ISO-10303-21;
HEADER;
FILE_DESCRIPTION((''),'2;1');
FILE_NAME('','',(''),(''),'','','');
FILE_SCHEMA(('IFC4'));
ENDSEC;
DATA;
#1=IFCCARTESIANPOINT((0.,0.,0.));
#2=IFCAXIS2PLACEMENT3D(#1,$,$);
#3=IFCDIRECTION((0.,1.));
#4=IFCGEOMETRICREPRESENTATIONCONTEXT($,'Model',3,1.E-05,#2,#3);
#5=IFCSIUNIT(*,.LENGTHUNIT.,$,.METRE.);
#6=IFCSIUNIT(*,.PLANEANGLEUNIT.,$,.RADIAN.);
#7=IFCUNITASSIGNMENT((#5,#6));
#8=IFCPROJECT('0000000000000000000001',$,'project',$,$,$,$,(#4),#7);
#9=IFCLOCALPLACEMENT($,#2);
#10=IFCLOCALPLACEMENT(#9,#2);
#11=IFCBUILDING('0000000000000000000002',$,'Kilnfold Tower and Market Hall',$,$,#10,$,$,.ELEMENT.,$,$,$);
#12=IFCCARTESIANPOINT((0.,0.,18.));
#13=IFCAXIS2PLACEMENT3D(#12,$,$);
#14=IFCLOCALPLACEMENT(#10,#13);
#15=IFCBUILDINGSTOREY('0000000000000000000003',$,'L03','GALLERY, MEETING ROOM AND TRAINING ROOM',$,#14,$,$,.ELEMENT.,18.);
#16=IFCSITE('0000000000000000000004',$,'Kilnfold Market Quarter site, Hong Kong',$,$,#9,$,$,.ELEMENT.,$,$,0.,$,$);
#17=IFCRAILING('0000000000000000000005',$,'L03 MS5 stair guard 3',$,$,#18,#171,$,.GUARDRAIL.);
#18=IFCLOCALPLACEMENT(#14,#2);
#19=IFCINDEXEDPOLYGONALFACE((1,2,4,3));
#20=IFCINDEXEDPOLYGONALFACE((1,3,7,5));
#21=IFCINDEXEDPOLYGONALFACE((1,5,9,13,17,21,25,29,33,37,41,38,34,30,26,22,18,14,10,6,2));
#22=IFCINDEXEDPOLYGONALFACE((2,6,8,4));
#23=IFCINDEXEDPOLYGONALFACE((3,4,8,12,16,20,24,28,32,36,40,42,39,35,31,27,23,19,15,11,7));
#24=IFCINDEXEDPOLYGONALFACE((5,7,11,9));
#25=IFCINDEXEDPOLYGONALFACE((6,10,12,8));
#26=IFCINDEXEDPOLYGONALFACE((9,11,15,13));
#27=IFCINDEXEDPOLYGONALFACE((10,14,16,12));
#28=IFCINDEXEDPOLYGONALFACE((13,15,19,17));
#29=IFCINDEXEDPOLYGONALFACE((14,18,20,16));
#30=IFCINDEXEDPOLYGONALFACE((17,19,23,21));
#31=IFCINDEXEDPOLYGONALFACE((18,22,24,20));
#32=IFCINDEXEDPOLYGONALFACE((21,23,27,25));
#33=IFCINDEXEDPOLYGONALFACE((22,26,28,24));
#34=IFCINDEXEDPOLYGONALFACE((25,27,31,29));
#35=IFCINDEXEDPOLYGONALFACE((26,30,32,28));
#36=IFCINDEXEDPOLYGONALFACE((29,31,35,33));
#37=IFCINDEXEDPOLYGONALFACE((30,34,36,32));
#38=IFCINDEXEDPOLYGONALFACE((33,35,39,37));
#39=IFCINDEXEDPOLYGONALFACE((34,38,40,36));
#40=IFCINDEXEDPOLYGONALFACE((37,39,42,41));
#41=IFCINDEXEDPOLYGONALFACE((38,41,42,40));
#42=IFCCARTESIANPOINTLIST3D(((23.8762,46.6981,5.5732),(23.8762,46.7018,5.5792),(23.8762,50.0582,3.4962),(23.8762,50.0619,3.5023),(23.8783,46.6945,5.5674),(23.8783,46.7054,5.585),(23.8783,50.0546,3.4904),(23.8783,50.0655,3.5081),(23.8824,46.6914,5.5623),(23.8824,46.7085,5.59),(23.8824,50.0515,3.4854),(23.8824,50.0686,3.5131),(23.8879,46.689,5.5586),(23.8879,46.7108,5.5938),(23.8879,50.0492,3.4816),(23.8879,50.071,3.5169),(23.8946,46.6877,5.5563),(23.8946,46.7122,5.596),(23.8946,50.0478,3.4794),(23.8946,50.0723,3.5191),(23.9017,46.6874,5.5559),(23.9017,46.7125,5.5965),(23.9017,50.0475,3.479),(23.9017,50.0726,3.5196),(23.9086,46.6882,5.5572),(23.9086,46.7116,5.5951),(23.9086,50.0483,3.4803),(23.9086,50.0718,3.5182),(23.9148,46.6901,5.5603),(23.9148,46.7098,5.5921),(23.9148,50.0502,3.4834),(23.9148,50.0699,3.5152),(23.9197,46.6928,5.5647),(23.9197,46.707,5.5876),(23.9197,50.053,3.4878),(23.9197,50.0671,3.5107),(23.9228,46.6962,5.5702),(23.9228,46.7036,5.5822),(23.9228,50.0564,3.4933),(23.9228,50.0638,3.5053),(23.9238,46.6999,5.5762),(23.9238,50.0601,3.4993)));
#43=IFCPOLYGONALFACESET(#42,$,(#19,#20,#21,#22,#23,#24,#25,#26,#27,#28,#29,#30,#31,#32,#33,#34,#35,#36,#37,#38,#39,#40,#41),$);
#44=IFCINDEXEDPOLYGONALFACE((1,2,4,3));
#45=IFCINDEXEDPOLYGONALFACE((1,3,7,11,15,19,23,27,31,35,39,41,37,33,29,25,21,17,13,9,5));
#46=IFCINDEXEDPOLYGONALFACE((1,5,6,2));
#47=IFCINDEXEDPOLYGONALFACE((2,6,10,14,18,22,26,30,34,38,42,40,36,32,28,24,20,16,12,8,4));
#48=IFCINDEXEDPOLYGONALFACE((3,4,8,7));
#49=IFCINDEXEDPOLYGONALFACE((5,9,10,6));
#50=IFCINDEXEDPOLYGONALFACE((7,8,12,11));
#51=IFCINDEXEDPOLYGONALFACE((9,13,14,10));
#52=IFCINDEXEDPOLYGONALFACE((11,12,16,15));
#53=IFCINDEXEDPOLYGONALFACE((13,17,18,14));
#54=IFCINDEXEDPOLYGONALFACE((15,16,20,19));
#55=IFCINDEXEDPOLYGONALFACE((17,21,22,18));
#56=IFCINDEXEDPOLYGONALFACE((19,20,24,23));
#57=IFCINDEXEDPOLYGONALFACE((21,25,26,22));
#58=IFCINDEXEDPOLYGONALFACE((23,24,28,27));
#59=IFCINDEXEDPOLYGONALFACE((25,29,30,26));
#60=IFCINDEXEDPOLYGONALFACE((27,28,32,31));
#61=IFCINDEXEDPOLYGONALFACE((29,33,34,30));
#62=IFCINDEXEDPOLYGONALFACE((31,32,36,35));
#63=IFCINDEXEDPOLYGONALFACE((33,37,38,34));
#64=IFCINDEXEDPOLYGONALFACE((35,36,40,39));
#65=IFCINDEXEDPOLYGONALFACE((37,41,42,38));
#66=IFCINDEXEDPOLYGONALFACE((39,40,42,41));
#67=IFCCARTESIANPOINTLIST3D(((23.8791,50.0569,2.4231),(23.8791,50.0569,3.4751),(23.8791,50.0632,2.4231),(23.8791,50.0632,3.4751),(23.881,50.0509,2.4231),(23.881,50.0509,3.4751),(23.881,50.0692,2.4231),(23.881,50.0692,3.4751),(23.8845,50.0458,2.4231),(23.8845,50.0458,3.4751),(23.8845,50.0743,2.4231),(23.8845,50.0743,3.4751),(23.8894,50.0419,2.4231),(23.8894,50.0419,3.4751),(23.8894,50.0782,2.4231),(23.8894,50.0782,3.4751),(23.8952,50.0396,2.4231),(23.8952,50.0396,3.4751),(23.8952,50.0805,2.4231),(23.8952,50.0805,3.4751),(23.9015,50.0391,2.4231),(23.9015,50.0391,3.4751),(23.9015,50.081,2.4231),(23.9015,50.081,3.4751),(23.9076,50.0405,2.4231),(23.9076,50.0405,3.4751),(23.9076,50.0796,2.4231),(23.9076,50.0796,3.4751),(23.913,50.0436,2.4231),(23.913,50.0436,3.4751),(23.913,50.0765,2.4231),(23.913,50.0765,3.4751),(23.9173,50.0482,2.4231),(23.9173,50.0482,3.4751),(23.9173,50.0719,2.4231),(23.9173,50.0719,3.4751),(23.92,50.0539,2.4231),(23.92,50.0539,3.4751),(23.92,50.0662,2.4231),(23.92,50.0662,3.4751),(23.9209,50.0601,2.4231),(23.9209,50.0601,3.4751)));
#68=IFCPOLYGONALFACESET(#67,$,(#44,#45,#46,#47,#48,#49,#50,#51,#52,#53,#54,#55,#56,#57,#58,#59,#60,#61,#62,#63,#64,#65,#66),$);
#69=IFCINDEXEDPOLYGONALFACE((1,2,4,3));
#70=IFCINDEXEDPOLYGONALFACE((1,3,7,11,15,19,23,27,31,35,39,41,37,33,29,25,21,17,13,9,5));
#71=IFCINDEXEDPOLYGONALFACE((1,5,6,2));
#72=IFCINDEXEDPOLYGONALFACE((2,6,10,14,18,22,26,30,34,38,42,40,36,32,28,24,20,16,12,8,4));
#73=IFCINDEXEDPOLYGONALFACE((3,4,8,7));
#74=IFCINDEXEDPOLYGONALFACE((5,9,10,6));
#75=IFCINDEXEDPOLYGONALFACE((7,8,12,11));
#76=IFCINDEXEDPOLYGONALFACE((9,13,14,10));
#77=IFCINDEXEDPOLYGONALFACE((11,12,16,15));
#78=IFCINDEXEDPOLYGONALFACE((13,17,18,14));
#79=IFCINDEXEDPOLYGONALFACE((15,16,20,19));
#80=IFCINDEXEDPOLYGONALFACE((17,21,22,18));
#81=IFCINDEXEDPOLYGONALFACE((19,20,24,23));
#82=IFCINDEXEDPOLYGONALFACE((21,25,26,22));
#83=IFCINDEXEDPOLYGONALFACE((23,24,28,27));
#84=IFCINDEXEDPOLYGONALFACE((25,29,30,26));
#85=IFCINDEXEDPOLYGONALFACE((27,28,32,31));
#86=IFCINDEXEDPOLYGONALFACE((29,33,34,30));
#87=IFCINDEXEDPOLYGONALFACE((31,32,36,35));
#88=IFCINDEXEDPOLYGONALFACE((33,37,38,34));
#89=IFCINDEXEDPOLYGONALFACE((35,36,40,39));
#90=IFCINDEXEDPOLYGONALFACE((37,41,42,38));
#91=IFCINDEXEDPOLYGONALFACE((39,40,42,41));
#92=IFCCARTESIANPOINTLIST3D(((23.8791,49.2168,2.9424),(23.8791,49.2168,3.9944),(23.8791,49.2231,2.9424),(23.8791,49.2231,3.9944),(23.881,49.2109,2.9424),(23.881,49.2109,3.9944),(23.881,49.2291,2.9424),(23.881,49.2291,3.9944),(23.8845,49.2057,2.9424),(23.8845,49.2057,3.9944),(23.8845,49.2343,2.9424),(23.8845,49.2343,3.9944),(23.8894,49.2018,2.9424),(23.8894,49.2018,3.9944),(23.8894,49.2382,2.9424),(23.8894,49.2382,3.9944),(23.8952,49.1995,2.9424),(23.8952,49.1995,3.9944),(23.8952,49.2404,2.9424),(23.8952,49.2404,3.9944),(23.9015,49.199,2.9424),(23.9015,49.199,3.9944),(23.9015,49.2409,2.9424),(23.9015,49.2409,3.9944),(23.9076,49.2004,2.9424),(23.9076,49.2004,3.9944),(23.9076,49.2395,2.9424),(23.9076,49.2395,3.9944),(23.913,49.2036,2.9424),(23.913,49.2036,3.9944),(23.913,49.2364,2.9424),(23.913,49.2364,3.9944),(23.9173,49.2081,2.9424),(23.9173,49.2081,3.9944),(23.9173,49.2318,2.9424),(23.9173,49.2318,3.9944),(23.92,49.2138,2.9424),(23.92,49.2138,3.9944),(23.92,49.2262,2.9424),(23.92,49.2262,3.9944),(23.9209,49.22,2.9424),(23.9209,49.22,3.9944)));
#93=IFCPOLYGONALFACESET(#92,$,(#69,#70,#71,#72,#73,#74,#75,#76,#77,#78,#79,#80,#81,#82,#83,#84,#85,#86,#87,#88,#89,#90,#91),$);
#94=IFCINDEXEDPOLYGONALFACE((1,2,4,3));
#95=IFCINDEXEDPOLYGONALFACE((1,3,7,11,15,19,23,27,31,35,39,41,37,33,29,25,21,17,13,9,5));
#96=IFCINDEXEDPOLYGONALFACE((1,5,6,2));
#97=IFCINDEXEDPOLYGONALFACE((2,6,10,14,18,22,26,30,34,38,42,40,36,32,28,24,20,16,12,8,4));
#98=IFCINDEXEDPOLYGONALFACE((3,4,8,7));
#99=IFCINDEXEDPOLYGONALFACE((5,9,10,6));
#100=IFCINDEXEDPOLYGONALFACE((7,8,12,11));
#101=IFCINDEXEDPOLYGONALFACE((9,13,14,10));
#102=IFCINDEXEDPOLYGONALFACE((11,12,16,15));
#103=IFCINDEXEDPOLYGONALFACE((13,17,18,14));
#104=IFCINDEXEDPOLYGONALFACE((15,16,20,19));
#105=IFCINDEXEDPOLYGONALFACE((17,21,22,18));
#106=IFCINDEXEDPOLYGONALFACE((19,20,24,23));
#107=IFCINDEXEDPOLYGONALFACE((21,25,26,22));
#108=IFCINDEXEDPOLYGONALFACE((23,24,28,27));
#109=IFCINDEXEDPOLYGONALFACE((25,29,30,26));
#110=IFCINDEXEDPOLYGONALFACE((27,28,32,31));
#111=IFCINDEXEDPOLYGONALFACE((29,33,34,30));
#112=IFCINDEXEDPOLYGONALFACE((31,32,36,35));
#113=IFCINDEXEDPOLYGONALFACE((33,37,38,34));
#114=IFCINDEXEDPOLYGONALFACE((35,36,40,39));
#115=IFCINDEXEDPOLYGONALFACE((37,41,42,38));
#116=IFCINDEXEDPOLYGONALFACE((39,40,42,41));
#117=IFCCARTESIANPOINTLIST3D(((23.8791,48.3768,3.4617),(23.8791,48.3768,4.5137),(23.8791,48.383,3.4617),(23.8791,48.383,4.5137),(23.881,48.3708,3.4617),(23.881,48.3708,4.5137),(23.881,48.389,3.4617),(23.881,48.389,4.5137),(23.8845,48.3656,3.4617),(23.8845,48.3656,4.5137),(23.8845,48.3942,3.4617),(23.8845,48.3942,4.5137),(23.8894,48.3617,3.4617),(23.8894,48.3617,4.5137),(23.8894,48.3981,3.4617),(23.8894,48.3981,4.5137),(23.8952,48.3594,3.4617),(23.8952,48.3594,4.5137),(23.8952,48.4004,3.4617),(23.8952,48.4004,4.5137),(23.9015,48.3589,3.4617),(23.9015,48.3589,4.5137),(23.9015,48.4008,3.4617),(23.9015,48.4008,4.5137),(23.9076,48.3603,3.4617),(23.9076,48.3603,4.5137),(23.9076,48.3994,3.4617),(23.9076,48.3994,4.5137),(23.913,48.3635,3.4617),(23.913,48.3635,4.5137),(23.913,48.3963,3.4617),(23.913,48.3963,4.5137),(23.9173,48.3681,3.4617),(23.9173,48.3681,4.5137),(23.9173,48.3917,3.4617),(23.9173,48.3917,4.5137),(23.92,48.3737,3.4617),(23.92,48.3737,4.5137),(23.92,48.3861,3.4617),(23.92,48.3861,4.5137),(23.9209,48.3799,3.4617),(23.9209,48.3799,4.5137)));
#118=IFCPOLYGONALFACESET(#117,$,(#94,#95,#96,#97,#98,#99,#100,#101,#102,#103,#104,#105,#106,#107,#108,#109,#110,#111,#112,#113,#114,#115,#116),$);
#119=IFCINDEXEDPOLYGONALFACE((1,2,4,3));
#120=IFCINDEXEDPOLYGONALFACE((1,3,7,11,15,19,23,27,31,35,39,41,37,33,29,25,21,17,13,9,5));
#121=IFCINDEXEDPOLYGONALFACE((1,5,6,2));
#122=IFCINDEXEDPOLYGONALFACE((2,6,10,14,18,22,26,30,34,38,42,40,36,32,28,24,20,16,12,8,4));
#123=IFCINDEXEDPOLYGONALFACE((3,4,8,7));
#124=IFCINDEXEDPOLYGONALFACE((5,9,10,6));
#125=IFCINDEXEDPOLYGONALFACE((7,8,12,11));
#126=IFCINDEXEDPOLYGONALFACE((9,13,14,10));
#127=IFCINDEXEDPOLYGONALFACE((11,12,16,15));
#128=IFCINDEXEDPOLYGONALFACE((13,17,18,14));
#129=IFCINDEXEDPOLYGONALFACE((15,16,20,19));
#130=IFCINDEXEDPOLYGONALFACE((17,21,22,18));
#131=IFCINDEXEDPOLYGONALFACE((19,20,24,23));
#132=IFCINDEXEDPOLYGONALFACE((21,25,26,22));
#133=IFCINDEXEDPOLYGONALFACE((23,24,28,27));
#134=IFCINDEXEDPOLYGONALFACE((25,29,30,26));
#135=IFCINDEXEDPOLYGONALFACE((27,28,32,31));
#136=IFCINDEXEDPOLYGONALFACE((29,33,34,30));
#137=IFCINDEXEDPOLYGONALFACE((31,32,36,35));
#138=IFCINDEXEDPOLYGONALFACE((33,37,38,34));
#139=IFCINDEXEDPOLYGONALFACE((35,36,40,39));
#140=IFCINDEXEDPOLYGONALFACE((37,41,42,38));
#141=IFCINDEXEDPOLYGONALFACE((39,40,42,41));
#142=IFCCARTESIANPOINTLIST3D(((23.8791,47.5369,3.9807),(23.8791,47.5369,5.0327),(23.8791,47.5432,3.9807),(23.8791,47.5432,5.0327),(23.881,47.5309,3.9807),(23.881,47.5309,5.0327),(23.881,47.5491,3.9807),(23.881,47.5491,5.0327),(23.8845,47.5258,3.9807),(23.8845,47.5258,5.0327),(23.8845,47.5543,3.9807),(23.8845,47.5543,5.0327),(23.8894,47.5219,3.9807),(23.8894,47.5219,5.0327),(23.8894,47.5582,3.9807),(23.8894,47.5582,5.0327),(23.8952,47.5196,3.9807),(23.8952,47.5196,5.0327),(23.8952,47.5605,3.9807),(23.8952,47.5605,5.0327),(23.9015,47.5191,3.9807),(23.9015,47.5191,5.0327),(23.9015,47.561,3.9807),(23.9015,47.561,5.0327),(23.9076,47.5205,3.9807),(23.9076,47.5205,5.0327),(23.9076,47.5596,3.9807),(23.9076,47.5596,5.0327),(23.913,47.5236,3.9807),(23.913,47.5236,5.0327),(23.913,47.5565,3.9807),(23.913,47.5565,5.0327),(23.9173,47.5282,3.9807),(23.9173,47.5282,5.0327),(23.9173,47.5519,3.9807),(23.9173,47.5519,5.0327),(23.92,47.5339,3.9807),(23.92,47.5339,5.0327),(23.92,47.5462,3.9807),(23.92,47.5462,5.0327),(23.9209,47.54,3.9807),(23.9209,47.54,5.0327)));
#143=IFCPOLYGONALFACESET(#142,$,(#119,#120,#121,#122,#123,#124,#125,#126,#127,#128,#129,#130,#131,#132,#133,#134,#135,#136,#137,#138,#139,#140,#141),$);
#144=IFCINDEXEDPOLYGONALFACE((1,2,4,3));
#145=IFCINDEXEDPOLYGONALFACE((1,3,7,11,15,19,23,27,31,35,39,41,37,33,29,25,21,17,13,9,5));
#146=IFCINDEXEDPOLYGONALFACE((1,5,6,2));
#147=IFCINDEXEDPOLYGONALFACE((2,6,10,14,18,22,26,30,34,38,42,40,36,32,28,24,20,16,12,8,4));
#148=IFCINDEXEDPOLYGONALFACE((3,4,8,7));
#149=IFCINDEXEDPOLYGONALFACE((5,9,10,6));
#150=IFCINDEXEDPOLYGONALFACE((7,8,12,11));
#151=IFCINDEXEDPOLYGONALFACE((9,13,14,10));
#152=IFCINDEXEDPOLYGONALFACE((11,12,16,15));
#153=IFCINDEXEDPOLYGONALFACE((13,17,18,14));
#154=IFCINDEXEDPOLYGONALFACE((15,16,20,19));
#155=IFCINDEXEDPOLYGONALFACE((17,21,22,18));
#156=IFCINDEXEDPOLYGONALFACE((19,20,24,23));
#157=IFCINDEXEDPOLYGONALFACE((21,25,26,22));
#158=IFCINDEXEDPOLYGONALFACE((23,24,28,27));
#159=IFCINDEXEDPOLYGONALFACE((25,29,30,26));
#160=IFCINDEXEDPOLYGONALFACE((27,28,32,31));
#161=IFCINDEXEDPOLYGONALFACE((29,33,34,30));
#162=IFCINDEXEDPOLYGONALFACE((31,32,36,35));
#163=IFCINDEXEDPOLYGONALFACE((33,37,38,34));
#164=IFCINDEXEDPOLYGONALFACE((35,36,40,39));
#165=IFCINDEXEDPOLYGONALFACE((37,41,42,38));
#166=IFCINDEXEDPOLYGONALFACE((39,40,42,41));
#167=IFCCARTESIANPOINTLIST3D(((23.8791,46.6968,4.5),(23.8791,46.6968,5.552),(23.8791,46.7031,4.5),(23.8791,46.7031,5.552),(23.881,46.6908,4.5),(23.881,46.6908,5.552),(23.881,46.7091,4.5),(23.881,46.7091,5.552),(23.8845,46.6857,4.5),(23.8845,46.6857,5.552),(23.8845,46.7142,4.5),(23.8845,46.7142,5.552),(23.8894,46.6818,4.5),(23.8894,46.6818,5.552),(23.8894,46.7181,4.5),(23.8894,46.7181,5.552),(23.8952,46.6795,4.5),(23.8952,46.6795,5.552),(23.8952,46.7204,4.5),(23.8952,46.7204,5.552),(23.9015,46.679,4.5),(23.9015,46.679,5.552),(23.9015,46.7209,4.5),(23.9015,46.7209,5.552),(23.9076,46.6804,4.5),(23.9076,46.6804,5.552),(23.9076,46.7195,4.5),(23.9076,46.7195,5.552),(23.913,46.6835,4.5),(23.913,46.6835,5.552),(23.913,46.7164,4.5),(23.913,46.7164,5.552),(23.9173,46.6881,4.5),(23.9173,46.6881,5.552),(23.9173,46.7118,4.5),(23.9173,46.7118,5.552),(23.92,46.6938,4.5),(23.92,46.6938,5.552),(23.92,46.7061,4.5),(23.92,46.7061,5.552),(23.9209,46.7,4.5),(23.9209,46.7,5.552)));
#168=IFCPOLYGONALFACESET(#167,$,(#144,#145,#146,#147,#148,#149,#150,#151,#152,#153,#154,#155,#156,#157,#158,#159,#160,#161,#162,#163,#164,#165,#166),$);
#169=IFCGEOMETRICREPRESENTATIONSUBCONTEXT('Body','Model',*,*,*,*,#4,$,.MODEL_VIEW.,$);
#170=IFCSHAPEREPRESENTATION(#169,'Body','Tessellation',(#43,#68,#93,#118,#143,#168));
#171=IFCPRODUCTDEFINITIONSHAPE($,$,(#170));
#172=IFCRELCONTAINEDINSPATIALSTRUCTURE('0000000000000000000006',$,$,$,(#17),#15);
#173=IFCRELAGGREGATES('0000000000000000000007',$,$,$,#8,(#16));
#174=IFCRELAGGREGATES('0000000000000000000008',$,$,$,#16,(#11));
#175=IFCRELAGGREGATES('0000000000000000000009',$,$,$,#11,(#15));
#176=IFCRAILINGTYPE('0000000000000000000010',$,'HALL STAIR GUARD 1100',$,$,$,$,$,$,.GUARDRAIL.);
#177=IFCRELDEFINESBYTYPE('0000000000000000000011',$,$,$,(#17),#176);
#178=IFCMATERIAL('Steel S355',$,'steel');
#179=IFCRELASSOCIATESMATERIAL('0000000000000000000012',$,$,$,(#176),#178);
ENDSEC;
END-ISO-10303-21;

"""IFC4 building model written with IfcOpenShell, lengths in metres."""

from ifc_helpers import new_model, si_unit, direction, frame, origin, origin_2d, place, context, subcontext, project, spatial, circle, extrude, material, type_object, element, save


model = new_model("IFC4")

# Units and contexts
model_context = context("Model", 3, precision=1e-05, world=origin(), true_north=direction((0.0, 1.0)))
body_context = subcontext(model_context, "Body", "Model", "MODEL_VIEW")
ifc_project = project(units=[si_unit("LENGTHUNIT", "METRE"), si_unit("PLANEANGLEUNIT", "RADIAN")], contexts=[model_context])

# Site, building, storey
site_placement = place(None, origin())
site = spatial("IfcSite", under=ifc_project, at=site_placement, Name="Kilnfold Market Quarter site, Hong Kong", CompositionType="ELEMENT", RefElevation=0.0)
building_placement = place(site_placement, origin())
building = spatial("IfcBuilding", under=site, at=building_placement, Name="Kilnfold Tower and Market Hall", CompositionType="ELEMENT")
storey_placement = place(building_placement, frame((0.0, 0.0, 18.0)))
storey = spatial("IfcBuildingStorey", under=building, at=storey_placement, Name="L03", Description="GALLERY, MEETING ROOM AND TRAINING ROOM", CompositionType="ELEMENT", Elevation=18.0)

# Railing
ifc_material_1 = material(Name="Steel S355", Category="steel")
railing_type_1 = type_object("IfcRailingType", Name="HALL STAIR GUARD 1100", PredefinedType="GUARDRAIL", material=ifc_material_1)
railing_1_placement = place(storey_placement, frame((23.8999, 50.0601, 2.4231)))
element("IfcRailing", 1, at=railing_1_placement, inside=storey, type_object=railing_type_1, Name="L03 MS5 stair guard 3", PredefinedType="GUARDRAIL", context=body_context, shape_type="SweptSolid", body=[
    extrude(circle(Radius=0.0239, at=origin_2d()), frame((0.0, 0.0, 1.0762), z_axis=(0.0, -0.850623, 0.525776), x_axis=(1.0, 0.0, 0.0)), (0.0, 0.0, 1.0), 3.9502),
    extrude(circle(Radius=0.021, at=origin_2d()), origin(), (0.0, 0.0, 1.0), 1.052),
    extrude(circle(Radius=0.021, at=origin_2d()), frame((0.0, -0.8401, 0.5193)), (0.0, 0.0, 1.0), 1.052),
    extrude(circle(Radius=0.021, at=origin_2d()), frame((0.0, -1.6802, 1.0386)), (0.0, 0.0, 1.0), 1.052),
    extrude(circle(Radius=0.021, at=origin_2d()), frame((0.0, -2.52, 1.5576)), (0.0, 0.0, 1.0), 1.052),
    extrude(circle(Radius=0.021, at=origin_2d()), frame((0.0, -3.3601, 2.0769)), (0.0, 0.0, 1.0), 1.052),
])

save(model, "model.ifc")
